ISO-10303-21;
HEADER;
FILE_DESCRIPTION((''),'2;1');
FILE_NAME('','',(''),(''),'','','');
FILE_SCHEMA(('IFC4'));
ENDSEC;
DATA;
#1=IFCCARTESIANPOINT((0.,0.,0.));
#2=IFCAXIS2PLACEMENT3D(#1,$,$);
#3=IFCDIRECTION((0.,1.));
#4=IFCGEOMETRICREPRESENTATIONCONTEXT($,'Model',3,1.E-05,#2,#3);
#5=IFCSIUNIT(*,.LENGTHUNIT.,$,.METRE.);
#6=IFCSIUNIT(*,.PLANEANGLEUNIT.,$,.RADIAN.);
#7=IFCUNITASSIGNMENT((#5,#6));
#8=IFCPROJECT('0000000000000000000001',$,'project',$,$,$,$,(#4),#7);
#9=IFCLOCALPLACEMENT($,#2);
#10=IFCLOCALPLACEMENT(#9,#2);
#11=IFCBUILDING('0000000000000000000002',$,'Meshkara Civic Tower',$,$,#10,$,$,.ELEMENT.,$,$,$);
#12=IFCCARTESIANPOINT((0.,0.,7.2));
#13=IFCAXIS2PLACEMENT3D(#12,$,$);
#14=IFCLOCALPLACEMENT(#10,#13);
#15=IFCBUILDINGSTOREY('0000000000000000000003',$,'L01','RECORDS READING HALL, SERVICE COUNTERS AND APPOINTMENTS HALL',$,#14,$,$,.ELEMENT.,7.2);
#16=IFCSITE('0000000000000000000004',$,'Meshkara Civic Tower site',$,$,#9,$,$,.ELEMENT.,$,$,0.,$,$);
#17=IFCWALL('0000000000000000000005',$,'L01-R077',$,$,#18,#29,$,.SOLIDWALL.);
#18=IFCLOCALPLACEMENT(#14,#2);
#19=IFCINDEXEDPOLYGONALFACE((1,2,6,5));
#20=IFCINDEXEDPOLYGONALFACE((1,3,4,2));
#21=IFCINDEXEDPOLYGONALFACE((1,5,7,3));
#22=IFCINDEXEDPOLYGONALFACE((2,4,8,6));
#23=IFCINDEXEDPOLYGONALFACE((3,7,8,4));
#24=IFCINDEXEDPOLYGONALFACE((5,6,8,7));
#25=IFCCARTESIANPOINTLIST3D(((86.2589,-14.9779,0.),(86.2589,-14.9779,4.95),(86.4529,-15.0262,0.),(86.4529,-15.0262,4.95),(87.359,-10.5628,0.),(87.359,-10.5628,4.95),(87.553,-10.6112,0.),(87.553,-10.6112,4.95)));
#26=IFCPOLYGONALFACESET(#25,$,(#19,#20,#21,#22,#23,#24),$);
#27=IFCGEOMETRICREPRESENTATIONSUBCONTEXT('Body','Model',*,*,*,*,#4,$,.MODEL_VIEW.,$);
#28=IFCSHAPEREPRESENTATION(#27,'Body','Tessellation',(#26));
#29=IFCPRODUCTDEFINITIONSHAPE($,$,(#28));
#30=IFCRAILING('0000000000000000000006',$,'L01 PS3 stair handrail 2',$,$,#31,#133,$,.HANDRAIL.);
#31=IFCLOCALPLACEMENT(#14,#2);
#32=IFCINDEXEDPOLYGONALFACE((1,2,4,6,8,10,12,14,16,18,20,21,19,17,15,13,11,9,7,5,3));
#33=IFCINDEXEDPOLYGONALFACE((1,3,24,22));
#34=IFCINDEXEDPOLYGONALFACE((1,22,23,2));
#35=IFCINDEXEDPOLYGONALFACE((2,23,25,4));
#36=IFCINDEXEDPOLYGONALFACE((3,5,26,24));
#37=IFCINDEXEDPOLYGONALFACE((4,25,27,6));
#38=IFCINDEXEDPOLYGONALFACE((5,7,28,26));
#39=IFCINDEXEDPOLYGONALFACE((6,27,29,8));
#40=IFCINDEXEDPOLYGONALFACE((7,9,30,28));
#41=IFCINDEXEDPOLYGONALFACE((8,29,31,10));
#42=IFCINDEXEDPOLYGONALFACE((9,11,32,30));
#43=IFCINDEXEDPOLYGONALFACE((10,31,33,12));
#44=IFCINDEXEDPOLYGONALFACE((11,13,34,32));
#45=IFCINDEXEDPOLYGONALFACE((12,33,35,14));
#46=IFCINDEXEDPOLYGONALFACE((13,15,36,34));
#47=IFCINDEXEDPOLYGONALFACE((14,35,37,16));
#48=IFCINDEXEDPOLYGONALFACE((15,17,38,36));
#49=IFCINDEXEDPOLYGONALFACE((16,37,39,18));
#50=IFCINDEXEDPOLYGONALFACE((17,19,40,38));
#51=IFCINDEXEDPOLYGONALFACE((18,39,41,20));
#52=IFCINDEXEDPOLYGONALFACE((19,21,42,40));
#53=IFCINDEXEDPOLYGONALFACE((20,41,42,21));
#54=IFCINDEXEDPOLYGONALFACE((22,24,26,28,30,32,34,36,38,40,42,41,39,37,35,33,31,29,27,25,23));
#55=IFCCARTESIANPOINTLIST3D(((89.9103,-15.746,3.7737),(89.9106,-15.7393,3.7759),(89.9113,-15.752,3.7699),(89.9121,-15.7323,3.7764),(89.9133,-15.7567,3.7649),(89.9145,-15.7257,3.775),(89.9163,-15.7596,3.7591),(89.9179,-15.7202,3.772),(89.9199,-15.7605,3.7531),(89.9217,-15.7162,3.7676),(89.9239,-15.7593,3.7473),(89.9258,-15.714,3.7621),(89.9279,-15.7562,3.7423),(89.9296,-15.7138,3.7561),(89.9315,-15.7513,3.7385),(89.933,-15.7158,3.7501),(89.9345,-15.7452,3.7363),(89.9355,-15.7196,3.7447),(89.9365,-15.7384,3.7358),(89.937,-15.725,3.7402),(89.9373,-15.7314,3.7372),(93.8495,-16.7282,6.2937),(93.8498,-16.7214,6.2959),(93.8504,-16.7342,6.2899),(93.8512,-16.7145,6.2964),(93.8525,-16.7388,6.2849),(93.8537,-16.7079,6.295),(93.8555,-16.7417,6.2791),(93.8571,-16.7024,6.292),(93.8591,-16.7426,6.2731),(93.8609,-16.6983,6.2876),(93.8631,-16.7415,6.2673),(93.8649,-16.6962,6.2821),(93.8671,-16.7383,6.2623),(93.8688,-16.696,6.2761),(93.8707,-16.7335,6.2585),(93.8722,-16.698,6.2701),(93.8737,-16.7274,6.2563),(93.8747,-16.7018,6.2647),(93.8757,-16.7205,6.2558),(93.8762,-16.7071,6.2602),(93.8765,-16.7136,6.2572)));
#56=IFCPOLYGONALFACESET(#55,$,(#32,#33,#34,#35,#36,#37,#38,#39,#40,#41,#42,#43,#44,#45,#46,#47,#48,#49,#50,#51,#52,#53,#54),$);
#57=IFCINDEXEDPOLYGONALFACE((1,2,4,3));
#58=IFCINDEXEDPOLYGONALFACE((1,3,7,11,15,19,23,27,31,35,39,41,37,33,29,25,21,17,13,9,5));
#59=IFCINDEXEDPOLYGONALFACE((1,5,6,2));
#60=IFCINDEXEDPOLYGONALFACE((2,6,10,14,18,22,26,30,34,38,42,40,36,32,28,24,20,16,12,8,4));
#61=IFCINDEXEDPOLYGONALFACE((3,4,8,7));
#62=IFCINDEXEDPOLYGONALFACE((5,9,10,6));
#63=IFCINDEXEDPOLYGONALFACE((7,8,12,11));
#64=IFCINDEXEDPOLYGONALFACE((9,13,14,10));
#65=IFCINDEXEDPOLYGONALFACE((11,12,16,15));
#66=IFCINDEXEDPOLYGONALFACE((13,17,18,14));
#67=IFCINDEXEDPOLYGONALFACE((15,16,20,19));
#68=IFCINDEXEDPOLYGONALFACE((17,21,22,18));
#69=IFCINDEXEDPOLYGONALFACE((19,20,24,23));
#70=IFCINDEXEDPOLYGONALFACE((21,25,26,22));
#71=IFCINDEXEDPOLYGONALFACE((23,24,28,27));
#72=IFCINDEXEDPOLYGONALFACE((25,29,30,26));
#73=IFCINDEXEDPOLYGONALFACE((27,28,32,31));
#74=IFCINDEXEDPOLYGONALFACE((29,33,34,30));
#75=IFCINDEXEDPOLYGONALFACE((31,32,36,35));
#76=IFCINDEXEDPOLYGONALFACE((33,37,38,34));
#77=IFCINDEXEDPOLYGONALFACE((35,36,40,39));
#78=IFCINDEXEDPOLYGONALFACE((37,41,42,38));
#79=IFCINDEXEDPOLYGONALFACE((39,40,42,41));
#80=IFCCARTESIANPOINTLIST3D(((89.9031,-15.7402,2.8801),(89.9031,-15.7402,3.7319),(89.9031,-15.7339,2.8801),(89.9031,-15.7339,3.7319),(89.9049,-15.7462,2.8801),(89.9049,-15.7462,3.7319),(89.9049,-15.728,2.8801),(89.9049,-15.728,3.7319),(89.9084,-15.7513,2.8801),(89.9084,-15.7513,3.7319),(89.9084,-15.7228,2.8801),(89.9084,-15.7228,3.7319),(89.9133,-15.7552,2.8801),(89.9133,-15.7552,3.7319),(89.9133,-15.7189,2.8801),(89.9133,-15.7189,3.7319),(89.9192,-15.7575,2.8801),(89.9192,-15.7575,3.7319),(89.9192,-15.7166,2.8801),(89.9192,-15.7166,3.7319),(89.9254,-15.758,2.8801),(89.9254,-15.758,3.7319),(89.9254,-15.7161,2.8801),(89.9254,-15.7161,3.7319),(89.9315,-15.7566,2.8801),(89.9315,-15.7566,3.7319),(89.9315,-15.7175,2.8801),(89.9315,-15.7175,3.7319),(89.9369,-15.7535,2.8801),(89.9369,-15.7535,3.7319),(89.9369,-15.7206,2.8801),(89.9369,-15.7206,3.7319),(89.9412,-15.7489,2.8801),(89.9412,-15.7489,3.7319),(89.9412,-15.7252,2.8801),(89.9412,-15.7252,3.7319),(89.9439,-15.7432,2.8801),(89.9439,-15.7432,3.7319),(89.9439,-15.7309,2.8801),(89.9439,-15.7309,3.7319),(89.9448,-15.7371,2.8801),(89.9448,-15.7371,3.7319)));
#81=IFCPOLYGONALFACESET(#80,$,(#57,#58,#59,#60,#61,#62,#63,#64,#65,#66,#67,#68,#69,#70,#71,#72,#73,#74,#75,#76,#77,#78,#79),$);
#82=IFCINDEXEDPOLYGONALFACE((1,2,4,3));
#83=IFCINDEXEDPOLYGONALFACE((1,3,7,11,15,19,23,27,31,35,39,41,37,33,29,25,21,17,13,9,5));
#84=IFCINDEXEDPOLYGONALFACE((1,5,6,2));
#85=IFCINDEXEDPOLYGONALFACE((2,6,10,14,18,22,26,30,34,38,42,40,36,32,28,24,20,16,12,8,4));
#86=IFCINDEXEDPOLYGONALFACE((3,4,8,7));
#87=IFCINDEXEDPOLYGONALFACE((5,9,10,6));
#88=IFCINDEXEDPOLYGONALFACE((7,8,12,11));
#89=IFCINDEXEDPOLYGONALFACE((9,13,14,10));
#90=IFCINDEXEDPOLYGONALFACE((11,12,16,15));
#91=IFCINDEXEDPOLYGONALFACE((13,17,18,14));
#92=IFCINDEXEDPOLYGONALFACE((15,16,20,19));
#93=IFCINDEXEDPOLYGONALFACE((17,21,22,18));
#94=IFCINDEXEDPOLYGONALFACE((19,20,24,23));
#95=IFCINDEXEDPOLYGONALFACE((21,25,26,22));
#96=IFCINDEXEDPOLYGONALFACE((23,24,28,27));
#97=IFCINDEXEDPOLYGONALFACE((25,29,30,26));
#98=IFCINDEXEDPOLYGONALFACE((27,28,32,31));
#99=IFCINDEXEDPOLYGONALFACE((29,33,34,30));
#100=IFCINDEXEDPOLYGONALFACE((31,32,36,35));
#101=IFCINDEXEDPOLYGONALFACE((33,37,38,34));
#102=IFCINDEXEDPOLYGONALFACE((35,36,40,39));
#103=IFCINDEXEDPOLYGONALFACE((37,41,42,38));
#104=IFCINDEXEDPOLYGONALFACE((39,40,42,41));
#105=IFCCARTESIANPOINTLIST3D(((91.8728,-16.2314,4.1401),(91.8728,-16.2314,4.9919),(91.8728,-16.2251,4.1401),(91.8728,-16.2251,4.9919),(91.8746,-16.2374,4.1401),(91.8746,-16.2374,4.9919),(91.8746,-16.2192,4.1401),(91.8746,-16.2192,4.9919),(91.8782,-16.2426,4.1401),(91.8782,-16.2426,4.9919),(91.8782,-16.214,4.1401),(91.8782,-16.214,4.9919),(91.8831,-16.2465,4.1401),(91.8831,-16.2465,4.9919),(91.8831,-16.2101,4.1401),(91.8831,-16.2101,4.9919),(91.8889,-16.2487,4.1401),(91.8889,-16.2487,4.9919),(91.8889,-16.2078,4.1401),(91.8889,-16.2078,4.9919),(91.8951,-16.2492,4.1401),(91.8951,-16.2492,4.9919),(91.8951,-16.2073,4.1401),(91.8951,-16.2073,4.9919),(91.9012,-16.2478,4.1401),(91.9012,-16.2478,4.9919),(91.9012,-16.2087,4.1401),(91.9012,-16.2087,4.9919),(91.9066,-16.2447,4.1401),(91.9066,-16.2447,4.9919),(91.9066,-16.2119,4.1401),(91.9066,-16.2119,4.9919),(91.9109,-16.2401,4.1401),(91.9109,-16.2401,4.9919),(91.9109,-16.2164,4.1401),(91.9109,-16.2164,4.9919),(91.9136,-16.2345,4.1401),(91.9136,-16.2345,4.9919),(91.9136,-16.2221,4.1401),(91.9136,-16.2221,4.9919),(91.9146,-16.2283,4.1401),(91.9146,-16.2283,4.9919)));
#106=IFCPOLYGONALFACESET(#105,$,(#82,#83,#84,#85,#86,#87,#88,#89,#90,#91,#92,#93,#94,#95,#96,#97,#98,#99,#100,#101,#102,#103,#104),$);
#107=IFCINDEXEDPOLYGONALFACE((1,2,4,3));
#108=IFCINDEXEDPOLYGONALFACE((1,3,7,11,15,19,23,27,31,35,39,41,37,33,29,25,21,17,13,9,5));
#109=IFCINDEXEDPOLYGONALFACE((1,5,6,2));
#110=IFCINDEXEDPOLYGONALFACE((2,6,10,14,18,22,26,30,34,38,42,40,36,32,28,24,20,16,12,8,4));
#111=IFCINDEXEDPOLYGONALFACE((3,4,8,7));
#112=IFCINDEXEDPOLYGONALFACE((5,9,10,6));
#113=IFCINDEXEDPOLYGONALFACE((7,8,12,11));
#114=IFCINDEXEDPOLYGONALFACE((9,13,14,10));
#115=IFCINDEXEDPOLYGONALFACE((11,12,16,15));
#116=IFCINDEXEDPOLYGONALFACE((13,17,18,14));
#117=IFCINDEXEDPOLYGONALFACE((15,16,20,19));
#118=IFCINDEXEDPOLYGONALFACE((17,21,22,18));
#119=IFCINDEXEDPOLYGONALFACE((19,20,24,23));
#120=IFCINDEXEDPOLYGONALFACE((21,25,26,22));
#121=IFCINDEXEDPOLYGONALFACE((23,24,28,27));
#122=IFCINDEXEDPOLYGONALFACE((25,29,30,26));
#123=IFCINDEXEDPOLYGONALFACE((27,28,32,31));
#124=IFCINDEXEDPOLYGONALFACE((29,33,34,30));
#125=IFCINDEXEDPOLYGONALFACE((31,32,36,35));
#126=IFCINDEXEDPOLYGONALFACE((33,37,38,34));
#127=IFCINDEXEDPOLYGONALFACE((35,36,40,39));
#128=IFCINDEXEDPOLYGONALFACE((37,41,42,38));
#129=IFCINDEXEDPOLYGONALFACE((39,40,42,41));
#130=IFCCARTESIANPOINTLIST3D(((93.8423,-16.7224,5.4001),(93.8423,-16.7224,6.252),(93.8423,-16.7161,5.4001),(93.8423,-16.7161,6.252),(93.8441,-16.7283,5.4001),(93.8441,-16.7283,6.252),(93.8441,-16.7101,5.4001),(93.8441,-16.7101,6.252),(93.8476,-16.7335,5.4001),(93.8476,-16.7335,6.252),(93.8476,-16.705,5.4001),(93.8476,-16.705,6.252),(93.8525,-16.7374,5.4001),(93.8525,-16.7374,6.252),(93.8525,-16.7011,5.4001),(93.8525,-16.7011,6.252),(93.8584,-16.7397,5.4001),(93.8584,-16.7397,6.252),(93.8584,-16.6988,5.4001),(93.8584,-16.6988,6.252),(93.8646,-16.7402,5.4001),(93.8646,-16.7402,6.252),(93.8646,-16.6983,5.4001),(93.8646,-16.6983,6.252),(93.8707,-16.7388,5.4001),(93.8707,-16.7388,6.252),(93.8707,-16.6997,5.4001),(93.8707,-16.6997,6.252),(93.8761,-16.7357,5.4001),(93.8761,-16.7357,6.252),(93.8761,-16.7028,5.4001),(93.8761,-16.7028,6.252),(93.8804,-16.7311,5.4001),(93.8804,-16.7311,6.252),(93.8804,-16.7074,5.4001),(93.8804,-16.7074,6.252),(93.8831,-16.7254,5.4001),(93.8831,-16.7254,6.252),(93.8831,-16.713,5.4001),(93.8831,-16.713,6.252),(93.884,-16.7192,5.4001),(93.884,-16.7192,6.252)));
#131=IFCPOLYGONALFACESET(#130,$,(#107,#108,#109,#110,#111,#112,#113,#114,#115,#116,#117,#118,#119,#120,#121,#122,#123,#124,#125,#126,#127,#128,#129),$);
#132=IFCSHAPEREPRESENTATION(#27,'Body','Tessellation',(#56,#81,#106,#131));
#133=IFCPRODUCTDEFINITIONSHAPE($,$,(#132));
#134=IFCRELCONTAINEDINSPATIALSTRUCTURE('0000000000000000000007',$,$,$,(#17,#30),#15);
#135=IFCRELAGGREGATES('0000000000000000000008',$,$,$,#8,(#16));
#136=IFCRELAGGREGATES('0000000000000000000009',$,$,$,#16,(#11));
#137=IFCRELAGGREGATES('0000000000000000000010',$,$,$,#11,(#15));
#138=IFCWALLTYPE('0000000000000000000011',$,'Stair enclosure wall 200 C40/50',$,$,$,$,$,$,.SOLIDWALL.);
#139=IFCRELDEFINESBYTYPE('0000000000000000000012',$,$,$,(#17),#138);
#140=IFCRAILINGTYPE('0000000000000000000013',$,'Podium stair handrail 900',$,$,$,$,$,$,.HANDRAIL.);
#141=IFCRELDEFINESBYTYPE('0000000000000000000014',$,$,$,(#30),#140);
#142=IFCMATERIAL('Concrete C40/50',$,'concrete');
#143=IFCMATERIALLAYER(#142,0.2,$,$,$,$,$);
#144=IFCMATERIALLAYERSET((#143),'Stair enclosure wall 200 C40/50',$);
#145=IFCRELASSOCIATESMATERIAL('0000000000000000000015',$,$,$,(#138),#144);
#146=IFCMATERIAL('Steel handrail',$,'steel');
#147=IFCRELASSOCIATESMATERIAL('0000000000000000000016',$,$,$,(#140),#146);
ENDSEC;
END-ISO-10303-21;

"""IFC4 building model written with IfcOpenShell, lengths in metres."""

from ifc_helpers import new_model, si_unit, direction, frame, frame_2d, origin, origin_2d, place, context, subcontext, project, spatial, rectangle, circle, extrude, material, layer, layer_set, type_object, element, save


model = new_model("IFC4")

# Units and contexts
model_context = context("Model", 3, precision=1e-05, world=origin(), true_north=direction((0.0, 1.0)))
body_context = subcontext(model_context, "Body", "Model", "MODEL_VIEW")
ifc_project = project(units=[si_unit("LENGTHUNIT", "METRE"), si_unit("PLANEANGLEUNIT", "RADIAN")], contexts=[model_context])

# Site, building, storey
site_placement = place(None, origin())
site = spatial("IfcSite", under=ifc_project, at=site_placement, Name="Meshkara Civic Tower site", CompositionType="ELEMENT", RefElevation=0.0)
building_placement = place(site_placement, origin())
building = spatial("IfcBuilding", under=site, at=building_placement, Name="Meshkara Civic Tower", CompositionType="ELEMENT")
storey_placement = place(building_placement, frame((0.0, 0.0, 7.2)))
storey = spatial("IfcBuildingStorey", under=building, at=storey_placement, Name="L01", Description="RECORDS READING HALL, SERVICE COUNTERS AND APPOINTMENTS HALL", CompositionType="ELEMENT", Elevation=7.2)

# Wall
ifc_material_1 = material(Name="Concrete C40/50", Category="concrete")
ifc_layer_1 = layer(ifc_material_1, 0.2)
ifc_layer_set_1 = layer_set([ifc_layer_1], Name="Stair enclosure wall 200 C40/50")
wall_type_1 = type_object("IfcWallType", Name="Stair enclosure wall 200 C40/50", PredefinedType="SOLIDWALL", material=ifc_layer_set_1)
wall_1_placement = place(storey_placement, frame((86.356, -15.002, 0.0), z_axis=(0.0, 0.0, 1.0), x_axis=(0.241778, 0.970332, 0.0)))
element("IfcWall", 1, at=wall_1_placement, inside=storey, type_object=wall_type_1, Name="L01-R077", PredefinedType="SOLIDWALL", context=body_context, shape_type="SweptSolid", body=[
    extrude(rectangle(XDim=4.55, YDim=0.2, at=frame_2d((2.2749, 0.0))), origin(), (0.0, 0.0, 1.0), 4.95),
])

# Railing
ifc_material_2 = material(Name="Steel handrail", Category="steel")
railing_type = type_object("IfcRailingType", Name="Podium stair handrail 900", PredefinedType="HANDRAIL", material=ifc_material_2)
railing_placement = place(storey_placement, frame((89.9238, -15.7371, 2.8801)))
element("IfcRailing", 2, at=railing_placement, inside=storey, type_object=railing_type, Name="L01 PS3 stair handrail 2", PredefinedType="HANDRAIL", context=body_context, shape_type="SweptSolid", body=[
    extrude(circle(Radius=0.0239, at=origin_2d()), frame((0.0, 0.0, 0.876), z_axis=(0.824388, -0.205548, 0.527384), x_axis=(0.241927, 0.970294, 0.0)), (0.0, 0.0, 1.0), 4.7783),
    extrude(circle(Radius=0.021, at=origin_2d()), origin(), (0.0, 0.0, 1.0), 0.8518),
    extrude(circle(Radius=0.021, at=origin_2d()), frame((1.9697, -0.4912, 1.26)), (0.0, 0.0, 1.0), 0.8518),
    extrude(circle(Radius=0.021, at=origin_2d()), frame((3.9392, -0.9822, 2.52)), (0.0, 0.0, 1.0), 0.8518),
])

save(model, "model.ifc")
